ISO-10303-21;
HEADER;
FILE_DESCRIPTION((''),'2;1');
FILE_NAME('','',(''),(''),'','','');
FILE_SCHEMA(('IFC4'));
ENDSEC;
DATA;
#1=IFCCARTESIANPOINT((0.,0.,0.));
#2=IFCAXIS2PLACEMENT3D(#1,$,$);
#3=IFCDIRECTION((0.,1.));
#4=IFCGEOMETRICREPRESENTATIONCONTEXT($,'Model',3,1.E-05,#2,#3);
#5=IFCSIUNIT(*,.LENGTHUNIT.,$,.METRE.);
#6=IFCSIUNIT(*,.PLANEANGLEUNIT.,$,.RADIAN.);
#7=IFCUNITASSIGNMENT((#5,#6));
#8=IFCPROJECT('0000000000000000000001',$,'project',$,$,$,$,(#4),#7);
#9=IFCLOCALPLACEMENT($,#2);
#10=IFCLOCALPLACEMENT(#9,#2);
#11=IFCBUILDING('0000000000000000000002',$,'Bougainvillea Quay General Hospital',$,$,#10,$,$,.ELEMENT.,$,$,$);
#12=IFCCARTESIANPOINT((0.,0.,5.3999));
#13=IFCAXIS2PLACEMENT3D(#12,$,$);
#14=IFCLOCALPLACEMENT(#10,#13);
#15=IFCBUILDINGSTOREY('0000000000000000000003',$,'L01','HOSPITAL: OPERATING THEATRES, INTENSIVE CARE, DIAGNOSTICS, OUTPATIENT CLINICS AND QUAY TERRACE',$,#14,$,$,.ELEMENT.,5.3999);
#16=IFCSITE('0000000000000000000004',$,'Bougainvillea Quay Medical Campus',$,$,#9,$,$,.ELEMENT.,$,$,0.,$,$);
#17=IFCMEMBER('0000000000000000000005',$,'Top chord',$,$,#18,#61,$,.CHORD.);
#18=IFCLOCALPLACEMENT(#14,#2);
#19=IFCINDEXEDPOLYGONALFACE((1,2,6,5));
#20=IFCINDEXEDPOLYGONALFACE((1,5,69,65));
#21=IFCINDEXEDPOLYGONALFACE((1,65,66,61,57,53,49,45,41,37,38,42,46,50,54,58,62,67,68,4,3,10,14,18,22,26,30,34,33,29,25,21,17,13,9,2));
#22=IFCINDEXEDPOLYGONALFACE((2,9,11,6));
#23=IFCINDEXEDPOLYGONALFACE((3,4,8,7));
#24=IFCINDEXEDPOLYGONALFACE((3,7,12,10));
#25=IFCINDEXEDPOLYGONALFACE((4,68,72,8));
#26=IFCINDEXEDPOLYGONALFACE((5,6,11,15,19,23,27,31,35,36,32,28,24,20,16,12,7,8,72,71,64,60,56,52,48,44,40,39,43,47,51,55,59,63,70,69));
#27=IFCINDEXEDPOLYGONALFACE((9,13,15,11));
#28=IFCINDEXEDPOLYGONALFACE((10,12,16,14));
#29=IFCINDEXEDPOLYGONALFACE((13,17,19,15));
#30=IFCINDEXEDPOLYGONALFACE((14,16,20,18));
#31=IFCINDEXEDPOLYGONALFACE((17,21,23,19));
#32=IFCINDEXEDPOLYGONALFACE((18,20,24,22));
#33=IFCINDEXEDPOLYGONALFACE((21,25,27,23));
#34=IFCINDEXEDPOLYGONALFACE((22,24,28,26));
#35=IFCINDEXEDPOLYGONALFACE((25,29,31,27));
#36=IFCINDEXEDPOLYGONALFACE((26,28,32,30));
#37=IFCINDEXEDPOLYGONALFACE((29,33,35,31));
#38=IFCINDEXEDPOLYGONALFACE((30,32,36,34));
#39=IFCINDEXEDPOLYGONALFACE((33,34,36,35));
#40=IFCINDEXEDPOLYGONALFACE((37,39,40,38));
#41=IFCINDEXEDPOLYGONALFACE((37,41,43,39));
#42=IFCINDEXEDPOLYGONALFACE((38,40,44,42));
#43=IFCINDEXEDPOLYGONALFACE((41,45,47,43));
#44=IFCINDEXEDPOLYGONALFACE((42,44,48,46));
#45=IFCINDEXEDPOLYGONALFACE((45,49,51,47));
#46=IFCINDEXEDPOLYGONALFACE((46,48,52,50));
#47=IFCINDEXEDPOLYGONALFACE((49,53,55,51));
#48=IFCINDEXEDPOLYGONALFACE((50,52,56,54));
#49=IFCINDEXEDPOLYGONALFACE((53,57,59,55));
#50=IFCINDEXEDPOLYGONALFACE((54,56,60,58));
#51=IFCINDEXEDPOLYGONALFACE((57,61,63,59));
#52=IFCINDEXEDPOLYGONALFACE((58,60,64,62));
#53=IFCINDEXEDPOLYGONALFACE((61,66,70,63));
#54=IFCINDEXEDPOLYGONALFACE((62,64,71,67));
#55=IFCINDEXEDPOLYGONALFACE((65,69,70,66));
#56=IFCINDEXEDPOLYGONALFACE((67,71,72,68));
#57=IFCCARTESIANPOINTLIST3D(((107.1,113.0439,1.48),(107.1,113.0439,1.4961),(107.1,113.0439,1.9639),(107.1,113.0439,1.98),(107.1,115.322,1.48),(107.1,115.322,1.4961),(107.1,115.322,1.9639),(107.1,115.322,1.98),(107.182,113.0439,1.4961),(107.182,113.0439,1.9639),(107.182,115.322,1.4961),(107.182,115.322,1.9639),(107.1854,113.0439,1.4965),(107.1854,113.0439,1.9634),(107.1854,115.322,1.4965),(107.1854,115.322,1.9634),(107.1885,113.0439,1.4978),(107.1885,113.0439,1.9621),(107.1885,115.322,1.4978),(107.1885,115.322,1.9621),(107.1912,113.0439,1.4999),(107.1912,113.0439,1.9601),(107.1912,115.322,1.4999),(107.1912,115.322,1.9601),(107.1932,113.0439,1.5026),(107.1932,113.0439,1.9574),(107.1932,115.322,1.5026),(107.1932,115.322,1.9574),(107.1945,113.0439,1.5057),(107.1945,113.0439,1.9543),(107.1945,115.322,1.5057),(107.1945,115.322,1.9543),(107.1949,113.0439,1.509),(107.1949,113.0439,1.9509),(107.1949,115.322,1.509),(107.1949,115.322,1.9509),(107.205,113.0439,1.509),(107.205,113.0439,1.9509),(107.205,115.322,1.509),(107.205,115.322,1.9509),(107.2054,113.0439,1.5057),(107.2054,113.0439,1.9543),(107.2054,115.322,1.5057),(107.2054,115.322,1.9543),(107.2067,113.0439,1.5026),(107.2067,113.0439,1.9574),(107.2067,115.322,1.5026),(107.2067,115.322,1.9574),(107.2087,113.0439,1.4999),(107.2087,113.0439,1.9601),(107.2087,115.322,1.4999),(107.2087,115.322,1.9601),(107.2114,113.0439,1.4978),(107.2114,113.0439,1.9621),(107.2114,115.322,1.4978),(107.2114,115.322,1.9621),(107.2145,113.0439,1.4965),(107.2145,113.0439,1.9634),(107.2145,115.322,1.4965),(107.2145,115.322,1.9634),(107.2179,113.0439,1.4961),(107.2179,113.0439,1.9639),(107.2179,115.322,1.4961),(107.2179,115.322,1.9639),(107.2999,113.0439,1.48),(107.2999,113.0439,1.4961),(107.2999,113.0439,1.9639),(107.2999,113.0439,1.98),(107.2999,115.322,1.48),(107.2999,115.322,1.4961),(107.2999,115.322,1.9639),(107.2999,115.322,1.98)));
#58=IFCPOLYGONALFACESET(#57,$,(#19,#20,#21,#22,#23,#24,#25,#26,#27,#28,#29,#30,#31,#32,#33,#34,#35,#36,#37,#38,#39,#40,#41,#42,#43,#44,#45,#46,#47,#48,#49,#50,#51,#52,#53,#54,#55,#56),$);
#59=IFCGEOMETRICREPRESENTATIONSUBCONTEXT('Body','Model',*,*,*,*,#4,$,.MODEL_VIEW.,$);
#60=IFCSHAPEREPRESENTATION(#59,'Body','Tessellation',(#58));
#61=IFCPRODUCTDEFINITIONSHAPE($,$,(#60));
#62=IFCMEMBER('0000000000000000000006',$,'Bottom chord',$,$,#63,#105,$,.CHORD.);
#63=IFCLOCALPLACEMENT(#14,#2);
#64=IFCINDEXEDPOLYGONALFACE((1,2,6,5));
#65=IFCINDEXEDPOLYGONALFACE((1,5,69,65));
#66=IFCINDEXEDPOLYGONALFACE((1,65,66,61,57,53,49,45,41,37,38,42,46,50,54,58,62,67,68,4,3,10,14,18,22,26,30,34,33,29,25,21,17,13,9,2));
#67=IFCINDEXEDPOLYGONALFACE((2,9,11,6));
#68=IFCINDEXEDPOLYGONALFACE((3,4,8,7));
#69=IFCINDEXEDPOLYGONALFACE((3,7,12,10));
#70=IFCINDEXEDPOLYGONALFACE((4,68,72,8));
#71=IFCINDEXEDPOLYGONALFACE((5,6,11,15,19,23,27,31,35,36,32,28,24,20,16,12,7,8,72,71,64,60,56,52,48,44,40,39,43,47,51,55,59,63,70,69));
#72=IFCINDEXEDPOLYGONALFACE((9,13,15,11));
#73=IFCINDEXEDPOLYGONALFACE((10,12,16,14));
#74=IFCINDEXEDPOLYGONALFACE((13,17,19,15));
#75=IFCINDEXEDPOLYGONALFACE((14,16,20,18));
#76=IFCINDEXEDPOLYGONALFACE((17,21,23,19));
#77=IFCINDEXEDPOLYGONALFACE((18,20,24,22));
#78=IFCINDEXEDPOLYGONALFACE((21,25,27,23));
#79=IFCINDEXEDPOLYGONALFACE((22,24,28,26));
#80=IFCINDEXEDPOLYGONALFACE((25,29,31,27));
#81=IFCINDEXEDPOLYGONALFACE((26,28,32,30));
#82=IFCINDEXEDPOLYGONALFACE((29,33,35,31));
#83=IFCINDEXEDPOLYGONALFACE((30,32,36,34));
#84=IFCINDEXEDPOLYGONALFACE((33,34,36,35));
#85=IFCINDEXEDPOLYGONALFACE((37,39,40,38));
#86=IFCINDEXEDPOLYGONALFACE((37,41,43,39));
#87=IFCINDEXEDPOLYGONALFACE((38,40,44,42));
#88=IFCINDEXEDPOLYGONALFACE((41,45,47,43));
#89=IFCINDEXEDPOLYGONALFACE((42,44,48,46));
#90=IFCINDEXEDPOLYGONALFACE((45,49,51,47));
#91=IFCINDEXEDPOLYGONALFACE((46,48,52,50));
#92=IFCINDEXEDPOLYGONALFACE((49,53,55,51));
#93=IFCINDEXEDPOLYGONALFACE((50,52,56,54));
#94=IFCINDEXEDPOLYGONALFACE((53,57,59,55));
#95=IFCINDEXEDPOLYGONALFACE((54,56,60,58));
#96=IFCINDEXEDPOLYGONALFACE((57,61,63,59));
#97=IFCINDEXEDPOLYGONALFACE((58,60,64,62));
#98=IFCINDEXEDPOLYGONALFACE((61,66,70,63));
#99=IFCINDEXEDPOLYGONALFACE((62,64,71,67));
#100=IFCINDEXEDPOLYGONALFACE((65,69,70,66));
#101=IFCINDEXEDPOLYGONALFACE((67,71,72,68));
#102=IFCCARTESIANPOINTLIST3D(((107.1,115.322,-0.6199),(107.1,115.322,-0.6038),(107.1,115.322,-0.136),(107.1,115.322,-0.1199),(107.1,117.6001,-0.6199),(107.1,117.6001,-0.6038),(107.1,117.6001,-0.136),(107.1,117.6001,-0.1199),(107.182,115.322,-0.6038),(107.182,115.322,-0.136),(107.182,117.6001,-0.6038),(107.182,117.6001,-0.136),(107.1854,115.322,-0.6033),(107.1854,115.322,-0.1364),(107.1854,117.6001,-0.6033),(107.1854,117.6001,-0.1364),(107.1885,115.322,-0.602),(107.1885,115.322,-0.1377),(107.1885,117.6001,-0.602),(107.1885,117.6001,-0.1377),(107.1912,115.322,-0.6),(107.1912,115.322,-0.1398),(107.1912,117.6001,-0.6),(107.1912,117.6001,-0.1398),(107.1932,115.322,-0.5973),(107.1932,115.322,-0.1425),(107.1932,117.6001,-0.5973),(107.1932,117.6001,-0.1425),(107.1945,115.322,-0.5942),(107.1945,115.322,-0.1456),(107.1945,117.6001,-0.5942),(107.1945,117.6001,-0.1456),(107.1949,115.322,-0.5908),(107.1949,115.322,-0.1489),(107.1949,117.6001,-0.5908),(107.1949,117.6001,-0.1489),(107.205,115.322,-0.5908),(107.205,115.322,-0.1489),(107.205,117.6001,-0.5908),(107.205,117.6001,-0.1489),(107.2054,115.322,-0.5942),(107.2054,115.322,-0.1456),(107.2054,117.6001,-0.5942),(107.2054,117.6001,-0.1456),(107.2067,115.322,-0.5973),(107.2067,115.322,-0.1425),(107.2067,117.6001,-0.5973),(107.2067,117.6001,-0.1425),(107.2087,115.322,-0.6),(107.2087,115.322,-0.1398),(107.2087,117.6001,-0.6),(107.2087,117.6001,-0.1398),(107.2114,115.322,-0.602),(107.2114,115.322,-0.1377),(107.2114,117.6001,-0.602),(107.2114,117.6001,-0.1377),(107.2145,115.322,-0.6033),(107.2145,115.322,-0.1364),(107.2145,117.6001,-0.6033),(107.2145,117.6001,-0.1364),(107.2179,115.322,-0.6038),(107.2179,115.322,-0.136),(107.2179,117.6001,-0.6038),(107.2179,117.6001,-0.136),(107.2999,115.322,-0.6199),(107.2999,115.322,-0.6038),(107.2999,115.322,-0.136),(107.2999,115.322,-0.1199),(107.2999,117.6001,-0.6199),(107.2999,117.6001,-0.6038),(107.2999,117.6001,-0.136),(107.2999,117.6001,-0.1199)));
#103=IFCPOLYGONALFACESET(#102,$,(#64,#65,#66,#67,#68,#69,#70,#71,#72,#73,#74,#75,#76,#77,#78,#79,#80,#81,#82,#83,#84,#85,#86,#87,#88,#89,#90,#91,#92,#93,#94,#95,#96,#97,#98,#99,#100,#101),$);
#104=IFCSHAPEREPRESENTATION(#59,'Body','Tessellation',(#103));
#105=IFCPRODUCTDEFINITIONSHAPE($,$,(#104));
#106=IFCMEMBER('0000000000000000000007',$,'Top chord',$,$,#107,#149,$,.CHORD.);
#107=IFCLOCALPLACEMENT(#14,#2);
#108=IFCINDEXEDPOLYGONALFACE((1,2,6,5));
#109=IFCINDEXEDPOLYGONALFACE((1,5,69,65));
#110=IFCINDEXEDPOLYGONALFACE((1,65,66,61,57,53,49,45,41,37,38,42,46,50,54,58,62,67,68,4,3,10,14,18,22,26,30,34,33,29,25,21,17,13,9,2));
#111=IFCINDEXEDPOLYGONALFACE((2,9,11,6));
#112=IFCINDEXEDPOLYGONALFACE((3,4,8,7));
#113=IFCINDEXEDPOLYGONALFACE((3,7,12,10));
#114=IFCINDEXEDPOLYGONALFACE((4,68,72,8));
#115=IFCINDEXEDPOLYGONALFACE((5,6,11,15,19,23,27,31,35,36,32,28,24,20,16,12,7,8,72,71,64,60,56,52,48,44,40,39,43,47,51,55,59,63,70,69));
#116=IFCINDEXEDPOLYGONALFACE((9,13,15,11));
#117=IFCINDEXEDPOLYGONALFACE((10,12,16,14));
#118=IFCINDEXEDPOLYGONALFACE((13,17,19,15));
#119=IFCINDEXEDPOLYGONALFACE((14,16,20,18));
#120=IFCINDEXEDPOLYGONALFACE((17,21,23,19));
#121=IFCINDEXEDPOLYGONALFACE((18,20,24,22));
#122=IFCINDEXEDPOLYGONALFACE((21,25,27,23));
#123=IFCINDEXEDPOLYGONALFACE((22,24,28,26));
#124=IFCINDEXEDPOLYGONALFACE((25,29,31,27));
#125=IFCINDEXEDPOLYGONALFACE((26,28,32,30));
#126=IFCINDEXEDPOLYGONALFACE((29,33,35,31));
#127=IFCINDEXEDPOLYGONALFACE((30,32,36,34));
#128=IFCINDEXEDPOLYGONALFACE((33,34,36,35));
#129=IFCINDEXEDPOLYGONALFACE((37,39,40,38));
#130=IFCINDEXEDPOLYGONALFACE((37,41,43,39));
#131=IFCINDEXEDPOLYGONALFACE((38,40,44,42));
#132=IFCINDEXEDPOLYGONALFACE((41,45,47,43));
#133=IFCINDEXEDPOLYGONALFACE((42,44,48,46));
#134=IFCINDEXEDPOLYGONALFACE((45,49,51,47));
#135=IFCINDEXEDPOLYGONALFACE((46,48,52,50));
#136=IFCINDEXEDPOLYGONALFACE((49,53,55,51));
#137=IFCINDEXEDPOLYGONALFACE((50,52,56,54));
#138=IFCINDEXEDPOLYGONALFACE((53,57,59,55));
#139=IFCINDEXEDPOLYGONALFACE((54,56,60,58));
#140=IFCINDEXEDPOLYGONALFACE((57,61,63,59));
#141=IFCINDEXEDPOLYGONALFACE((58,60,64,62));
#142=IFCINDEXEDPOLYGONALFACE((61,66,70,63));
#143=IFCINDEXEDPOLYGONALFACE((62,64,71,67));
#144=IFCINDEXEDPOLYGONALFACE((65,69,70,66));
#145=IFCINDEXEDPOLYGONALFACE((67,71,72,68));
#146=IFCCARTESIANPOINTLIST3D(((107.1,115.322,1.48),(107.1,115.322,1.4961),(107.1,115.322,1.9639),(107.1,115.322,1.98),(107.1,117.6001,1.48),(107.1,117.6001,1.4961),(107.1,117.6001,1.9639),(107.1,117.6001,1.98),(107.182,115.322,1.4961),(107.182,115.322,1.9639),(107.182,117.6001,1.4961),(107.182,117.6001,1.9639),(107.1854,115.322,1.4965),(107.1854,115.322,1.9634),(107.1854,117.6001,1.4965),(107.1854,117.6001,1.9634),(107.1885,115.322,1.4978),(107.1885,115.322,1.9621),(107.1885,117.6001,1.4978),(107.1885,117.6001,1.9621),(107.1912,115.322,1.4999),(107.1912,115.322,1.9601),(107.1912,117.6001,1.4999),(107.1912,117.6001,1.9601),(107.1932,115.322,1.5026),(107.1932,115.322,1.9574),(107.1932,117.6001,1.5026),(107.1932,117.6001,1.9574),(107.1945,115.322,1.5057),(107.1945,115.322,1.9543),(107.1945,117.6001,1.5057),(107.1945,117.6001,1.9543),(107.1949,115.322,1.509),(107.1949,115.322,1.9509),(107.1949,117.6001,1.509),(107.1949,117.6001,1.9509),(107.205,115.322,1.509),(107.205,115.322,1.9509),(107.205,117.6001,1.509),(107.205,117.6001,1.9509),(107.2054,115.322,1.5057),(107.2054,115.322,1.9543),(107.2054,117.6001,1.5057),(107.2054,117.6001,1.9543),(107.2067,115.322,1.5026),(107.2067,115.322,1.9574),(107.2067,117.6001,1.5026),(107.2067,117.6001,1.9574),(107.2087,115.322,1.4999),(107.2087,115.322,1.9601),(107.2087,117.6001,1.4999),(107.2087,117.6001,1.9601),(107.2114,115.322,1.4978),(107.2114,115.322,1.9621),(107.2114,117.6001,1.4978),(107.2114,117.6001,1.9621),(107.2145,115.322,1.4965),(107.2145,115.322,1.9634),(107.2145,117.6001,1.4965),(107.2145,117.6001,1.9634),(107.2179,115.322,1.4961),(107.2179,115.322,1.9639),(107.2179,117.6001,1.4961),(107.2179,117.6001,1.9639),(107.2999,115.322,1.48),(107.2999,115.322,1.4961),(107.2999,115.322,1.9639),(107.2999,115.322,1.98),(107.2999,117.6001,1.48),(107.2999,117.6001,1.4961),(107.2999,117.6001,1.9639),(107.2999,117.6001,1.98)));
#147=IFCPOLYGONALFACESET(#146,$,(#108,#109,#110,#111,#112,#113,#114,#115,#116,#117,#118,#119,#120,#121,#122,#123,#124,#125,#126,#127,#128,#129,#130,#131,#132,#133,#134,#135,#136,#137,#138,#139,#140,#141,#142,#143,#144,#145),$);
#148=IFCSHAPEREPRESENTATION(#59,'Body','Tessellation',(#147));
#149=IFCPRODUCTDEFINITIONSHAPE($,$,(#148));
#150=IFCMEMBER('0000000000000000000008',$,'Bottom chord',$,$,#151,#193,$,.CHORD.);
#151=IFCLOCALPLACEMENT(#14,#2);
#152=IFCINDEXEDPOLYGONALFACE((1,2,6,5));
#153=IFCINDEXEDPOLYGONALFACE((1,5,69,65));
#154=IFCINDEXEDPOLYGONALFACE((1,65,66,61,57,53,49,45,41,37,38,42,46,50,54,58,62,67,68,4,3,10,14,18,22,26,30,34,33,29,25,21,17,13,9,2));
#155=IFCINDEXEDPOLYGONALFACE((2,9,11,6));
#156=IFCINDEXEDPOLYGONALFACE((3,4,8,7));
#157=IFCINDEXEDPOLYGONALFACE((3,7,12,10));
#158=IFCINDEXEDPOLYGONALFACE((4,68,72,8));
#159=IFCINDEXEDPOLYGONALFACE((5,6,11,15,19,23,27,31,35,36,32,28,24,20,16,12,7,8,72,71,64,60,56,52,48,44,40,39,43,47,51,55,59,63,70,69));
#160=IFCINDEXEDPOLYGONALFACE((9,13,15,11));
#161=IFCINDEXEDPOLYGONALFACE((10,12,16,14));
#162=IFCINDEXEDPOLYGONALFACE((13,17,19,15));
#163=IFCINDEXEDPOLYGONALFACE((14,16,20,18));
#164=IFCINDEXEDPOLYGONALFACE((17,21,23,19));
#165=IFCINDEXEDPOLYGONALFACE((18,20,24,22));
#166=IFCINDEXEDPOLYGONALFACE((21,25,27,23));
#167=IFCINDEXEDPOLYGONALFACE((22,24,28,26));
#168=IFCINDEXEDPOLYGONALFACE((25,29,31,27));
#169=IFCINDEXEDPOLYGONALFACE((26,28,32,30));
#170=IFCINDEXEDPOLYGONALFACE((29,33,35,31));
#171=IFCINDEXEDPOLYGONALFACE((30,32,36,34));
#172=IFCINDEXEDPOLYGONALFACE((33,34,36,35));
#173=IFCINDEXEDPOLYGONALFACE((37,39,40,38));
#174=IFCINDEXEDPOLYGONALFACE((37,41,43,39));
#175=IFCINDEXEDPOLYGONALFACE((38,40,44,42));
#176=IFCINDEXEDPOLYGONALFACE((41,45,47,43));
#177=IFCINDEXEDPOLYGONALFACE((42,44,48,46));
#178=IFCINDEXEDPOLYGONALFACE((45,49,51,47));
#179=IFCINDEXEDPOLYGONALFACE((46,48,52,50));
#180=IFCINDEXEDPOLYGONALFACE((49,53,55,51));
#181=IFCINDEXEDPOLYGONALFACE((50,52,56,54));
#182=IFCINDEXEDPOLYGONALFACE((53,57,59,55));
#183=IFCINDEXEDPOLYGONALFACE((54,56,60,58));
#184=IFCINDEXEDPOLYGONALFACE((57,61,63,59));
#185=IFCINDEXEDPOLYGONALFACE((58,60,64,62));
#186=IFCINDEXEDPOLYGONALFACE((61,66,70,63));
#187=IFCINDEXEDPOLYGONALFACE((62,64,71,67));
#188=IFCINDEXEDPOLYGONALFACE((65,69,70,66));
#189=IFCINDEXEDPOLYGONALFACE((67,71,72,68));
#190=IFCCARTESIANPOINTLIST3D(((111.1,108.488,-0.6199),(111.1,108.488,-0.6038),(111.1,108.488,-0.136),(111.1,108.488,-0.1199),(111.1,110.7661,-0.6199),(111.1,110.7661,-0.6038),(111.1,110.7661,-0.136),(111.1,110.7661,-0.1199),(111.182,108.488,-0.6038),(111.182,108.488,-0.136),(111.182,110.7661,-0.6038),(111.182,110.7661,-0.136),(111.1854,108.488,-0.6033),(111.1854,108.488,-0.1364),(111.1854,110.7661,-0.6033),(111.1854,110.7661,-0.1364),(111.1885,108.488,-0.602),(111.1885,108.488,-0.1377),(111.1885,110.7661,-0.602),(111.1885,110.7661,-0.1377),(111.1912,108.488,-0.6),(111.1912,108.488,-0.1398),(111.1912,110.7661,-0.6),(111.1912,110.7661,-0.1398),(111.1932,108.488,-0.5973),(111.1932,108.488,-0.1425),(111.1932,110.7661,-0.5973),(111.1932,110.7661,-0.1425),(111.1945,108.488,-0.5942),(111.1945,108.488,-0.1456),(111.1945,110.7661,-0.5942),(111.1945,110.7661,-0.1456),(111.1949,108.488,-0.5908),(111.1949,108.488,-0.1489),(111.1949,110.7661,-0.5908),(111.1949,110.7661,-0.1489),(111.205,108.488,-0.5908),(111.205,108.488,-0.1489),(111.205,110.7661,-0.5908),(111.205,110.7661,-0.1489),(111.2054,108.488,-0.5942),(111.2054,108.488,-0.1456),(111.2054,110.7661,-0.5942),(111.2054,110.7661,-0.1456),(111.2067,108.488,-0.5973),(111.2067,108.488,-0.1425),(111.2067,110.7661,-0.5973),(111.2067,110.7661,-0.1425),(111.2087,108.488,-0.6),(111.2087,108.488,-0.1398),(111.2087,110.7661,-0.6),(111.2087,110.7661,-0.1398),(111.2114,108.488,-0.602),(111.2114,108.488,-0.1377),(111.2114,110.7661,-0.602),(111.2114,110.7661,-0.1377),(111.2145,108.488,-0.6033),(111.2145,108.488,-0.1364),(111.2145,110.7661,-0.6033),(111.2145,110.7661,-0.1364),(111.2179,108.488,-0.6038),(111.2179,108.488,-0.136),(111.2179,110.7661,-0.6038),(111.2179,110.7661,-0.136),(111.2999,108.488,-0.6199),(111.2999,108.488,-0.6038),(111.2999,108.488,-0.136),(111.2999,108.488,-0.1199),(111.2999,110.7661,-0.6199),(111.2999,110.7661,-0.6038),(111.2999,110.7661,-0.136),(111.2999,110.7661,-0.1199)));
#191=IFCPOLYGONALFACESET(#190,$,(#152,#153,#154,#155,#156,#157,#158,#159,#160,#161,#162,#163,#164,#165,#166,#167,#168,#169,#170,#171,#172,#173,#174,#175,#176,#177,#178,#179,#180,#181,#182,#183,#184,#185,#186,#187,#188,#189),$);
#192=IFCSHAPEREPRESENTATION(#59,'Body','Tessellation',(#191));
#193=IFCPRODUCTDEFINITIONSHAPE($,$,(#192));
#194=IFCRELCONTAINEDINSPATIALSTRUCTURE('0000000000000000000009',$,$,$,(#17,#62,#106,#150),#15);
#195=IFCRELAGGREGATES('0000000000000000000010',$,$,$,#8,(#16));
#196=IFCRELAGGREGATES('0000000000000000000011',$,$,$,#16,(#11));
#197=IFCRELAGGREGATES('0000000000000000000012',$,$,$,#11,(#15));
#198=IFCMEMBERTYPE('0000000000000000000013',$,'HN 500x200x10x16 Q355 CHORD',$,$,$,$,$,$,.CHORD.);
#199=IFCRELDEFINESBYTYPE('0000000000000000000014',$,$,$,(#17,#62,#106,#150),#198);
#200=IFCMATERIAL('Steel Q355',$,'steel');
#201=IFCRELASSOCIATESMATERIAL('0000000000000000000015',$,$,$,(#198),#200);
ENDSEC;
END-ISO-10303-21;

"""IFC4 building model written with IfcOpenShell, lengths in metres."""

from ifc_helpers import new_model, si_unit, direction, frame, origin, origin_2d, place, context, subcontext, project, spatial, i_section, extrude, material, material_profile, profile_set, type_object, element, save


model = new_model("IFC4")

# Units and contexts
model_context = context("Model", 3, precision=1e-05, world=origin(), true_north=direction((0.0, 1.0)))
body_context = subcontext(model_context, "Body", "Model", "MODEL_VIEW")
ifc_project = project(units=[si_unit("LENGTHUNIT", "METRE"), si_unit("PLANEANGLEUNIT", "RADIAN")], contexts=[model_context])

# Site, building, storey
site_placement = place(None, origin())
site = spatial("IfcSite", under=ifc_project, at=site_placement, Name="Bougainvillea Quay Medical Campus", CompositionType="ELEMENT", RefElevation=0.0)
building_placement = place(site_placement, origin())
building = spatial("IfcBuilding", under=site, at=building_placement, Name="Bougainvillea Quay General Hospital", CompositionType="ELEMENT")
storey_placement = place(building_placement, frame((0.0, 0.0, 5.3999)))
storey = spatial("IfcBuildingStorey", under=building, at=storey_placement, Name="L01", Description="HOSPITAL: OPERATING THEATRES, INTENSIVE CARE, DIAGNOSTICS, OUTPATIENT CLINICS AND QUAY TERRACE", CompositionType="ELEMENT", Elevation=5.3999)

# Members
ifc_material_1 = material(Name="Steel Q355", Category="steel")
ifc_material_profile_1 = material_profile(ifc_material_1, i_section(OverallWidth=0.2, OverallDepth=0.5, WebThickness=0.01, FlangeThickness=0.0161, FilletRadius=0.0129, at=origin_2d()))
ifc_profile_set_1 = profile_set([ifc_material_profile_1], Name="Steel Q355")
member_type_1 = type_object("IfcMemberType", Name="HN 500x200x10x16 Q355 CHORD", PredefinedType="CHORD", material=ifc_profile_set_1)
for number, where, z_axis, x_axis, name in (
    (1, (107.2, 113.0439, 1.73), (0.0, 1.0, 0.0), (-1.0, 0.0, 0.0), "Top chord"),
    (2, (107.2, 115.322, -0.3699), (0.0, 1.0, 0.0), (-1.0, 0.0, 0.0), "Bottom chord"),
    (3, (107.2, 115.322, 1.73), (0.0, 1.0, 0.0), (-1.0, 0.0, 0.0), "Top chord"),
    (4, (111.2, 108.488, -0.3699), (0.0, 1.0, 0.0), (-1.0, 0.0, 0.0), "Bottom chord"),
):
    element("IfcMember", number, at=place(storey_placement, frame(where, z_axis=z_axis, x_axis=x_axis)), inside=storey, type_object=member_type_1, Name=name, PredefinedType="CHORD", context=body_context, shape_type="SweptSolid", body=[
        extrude(i_section(OverallWidth=0.2, OverallDepth=0.5, WebThickness=0.01, FlangeThickness=0.0161, FilletRadius=0.0129, at=origin_2d()), origin(), (0.0, 0.0, 1.0), 2.2781),
    ])

save(model, "model.ifc")
